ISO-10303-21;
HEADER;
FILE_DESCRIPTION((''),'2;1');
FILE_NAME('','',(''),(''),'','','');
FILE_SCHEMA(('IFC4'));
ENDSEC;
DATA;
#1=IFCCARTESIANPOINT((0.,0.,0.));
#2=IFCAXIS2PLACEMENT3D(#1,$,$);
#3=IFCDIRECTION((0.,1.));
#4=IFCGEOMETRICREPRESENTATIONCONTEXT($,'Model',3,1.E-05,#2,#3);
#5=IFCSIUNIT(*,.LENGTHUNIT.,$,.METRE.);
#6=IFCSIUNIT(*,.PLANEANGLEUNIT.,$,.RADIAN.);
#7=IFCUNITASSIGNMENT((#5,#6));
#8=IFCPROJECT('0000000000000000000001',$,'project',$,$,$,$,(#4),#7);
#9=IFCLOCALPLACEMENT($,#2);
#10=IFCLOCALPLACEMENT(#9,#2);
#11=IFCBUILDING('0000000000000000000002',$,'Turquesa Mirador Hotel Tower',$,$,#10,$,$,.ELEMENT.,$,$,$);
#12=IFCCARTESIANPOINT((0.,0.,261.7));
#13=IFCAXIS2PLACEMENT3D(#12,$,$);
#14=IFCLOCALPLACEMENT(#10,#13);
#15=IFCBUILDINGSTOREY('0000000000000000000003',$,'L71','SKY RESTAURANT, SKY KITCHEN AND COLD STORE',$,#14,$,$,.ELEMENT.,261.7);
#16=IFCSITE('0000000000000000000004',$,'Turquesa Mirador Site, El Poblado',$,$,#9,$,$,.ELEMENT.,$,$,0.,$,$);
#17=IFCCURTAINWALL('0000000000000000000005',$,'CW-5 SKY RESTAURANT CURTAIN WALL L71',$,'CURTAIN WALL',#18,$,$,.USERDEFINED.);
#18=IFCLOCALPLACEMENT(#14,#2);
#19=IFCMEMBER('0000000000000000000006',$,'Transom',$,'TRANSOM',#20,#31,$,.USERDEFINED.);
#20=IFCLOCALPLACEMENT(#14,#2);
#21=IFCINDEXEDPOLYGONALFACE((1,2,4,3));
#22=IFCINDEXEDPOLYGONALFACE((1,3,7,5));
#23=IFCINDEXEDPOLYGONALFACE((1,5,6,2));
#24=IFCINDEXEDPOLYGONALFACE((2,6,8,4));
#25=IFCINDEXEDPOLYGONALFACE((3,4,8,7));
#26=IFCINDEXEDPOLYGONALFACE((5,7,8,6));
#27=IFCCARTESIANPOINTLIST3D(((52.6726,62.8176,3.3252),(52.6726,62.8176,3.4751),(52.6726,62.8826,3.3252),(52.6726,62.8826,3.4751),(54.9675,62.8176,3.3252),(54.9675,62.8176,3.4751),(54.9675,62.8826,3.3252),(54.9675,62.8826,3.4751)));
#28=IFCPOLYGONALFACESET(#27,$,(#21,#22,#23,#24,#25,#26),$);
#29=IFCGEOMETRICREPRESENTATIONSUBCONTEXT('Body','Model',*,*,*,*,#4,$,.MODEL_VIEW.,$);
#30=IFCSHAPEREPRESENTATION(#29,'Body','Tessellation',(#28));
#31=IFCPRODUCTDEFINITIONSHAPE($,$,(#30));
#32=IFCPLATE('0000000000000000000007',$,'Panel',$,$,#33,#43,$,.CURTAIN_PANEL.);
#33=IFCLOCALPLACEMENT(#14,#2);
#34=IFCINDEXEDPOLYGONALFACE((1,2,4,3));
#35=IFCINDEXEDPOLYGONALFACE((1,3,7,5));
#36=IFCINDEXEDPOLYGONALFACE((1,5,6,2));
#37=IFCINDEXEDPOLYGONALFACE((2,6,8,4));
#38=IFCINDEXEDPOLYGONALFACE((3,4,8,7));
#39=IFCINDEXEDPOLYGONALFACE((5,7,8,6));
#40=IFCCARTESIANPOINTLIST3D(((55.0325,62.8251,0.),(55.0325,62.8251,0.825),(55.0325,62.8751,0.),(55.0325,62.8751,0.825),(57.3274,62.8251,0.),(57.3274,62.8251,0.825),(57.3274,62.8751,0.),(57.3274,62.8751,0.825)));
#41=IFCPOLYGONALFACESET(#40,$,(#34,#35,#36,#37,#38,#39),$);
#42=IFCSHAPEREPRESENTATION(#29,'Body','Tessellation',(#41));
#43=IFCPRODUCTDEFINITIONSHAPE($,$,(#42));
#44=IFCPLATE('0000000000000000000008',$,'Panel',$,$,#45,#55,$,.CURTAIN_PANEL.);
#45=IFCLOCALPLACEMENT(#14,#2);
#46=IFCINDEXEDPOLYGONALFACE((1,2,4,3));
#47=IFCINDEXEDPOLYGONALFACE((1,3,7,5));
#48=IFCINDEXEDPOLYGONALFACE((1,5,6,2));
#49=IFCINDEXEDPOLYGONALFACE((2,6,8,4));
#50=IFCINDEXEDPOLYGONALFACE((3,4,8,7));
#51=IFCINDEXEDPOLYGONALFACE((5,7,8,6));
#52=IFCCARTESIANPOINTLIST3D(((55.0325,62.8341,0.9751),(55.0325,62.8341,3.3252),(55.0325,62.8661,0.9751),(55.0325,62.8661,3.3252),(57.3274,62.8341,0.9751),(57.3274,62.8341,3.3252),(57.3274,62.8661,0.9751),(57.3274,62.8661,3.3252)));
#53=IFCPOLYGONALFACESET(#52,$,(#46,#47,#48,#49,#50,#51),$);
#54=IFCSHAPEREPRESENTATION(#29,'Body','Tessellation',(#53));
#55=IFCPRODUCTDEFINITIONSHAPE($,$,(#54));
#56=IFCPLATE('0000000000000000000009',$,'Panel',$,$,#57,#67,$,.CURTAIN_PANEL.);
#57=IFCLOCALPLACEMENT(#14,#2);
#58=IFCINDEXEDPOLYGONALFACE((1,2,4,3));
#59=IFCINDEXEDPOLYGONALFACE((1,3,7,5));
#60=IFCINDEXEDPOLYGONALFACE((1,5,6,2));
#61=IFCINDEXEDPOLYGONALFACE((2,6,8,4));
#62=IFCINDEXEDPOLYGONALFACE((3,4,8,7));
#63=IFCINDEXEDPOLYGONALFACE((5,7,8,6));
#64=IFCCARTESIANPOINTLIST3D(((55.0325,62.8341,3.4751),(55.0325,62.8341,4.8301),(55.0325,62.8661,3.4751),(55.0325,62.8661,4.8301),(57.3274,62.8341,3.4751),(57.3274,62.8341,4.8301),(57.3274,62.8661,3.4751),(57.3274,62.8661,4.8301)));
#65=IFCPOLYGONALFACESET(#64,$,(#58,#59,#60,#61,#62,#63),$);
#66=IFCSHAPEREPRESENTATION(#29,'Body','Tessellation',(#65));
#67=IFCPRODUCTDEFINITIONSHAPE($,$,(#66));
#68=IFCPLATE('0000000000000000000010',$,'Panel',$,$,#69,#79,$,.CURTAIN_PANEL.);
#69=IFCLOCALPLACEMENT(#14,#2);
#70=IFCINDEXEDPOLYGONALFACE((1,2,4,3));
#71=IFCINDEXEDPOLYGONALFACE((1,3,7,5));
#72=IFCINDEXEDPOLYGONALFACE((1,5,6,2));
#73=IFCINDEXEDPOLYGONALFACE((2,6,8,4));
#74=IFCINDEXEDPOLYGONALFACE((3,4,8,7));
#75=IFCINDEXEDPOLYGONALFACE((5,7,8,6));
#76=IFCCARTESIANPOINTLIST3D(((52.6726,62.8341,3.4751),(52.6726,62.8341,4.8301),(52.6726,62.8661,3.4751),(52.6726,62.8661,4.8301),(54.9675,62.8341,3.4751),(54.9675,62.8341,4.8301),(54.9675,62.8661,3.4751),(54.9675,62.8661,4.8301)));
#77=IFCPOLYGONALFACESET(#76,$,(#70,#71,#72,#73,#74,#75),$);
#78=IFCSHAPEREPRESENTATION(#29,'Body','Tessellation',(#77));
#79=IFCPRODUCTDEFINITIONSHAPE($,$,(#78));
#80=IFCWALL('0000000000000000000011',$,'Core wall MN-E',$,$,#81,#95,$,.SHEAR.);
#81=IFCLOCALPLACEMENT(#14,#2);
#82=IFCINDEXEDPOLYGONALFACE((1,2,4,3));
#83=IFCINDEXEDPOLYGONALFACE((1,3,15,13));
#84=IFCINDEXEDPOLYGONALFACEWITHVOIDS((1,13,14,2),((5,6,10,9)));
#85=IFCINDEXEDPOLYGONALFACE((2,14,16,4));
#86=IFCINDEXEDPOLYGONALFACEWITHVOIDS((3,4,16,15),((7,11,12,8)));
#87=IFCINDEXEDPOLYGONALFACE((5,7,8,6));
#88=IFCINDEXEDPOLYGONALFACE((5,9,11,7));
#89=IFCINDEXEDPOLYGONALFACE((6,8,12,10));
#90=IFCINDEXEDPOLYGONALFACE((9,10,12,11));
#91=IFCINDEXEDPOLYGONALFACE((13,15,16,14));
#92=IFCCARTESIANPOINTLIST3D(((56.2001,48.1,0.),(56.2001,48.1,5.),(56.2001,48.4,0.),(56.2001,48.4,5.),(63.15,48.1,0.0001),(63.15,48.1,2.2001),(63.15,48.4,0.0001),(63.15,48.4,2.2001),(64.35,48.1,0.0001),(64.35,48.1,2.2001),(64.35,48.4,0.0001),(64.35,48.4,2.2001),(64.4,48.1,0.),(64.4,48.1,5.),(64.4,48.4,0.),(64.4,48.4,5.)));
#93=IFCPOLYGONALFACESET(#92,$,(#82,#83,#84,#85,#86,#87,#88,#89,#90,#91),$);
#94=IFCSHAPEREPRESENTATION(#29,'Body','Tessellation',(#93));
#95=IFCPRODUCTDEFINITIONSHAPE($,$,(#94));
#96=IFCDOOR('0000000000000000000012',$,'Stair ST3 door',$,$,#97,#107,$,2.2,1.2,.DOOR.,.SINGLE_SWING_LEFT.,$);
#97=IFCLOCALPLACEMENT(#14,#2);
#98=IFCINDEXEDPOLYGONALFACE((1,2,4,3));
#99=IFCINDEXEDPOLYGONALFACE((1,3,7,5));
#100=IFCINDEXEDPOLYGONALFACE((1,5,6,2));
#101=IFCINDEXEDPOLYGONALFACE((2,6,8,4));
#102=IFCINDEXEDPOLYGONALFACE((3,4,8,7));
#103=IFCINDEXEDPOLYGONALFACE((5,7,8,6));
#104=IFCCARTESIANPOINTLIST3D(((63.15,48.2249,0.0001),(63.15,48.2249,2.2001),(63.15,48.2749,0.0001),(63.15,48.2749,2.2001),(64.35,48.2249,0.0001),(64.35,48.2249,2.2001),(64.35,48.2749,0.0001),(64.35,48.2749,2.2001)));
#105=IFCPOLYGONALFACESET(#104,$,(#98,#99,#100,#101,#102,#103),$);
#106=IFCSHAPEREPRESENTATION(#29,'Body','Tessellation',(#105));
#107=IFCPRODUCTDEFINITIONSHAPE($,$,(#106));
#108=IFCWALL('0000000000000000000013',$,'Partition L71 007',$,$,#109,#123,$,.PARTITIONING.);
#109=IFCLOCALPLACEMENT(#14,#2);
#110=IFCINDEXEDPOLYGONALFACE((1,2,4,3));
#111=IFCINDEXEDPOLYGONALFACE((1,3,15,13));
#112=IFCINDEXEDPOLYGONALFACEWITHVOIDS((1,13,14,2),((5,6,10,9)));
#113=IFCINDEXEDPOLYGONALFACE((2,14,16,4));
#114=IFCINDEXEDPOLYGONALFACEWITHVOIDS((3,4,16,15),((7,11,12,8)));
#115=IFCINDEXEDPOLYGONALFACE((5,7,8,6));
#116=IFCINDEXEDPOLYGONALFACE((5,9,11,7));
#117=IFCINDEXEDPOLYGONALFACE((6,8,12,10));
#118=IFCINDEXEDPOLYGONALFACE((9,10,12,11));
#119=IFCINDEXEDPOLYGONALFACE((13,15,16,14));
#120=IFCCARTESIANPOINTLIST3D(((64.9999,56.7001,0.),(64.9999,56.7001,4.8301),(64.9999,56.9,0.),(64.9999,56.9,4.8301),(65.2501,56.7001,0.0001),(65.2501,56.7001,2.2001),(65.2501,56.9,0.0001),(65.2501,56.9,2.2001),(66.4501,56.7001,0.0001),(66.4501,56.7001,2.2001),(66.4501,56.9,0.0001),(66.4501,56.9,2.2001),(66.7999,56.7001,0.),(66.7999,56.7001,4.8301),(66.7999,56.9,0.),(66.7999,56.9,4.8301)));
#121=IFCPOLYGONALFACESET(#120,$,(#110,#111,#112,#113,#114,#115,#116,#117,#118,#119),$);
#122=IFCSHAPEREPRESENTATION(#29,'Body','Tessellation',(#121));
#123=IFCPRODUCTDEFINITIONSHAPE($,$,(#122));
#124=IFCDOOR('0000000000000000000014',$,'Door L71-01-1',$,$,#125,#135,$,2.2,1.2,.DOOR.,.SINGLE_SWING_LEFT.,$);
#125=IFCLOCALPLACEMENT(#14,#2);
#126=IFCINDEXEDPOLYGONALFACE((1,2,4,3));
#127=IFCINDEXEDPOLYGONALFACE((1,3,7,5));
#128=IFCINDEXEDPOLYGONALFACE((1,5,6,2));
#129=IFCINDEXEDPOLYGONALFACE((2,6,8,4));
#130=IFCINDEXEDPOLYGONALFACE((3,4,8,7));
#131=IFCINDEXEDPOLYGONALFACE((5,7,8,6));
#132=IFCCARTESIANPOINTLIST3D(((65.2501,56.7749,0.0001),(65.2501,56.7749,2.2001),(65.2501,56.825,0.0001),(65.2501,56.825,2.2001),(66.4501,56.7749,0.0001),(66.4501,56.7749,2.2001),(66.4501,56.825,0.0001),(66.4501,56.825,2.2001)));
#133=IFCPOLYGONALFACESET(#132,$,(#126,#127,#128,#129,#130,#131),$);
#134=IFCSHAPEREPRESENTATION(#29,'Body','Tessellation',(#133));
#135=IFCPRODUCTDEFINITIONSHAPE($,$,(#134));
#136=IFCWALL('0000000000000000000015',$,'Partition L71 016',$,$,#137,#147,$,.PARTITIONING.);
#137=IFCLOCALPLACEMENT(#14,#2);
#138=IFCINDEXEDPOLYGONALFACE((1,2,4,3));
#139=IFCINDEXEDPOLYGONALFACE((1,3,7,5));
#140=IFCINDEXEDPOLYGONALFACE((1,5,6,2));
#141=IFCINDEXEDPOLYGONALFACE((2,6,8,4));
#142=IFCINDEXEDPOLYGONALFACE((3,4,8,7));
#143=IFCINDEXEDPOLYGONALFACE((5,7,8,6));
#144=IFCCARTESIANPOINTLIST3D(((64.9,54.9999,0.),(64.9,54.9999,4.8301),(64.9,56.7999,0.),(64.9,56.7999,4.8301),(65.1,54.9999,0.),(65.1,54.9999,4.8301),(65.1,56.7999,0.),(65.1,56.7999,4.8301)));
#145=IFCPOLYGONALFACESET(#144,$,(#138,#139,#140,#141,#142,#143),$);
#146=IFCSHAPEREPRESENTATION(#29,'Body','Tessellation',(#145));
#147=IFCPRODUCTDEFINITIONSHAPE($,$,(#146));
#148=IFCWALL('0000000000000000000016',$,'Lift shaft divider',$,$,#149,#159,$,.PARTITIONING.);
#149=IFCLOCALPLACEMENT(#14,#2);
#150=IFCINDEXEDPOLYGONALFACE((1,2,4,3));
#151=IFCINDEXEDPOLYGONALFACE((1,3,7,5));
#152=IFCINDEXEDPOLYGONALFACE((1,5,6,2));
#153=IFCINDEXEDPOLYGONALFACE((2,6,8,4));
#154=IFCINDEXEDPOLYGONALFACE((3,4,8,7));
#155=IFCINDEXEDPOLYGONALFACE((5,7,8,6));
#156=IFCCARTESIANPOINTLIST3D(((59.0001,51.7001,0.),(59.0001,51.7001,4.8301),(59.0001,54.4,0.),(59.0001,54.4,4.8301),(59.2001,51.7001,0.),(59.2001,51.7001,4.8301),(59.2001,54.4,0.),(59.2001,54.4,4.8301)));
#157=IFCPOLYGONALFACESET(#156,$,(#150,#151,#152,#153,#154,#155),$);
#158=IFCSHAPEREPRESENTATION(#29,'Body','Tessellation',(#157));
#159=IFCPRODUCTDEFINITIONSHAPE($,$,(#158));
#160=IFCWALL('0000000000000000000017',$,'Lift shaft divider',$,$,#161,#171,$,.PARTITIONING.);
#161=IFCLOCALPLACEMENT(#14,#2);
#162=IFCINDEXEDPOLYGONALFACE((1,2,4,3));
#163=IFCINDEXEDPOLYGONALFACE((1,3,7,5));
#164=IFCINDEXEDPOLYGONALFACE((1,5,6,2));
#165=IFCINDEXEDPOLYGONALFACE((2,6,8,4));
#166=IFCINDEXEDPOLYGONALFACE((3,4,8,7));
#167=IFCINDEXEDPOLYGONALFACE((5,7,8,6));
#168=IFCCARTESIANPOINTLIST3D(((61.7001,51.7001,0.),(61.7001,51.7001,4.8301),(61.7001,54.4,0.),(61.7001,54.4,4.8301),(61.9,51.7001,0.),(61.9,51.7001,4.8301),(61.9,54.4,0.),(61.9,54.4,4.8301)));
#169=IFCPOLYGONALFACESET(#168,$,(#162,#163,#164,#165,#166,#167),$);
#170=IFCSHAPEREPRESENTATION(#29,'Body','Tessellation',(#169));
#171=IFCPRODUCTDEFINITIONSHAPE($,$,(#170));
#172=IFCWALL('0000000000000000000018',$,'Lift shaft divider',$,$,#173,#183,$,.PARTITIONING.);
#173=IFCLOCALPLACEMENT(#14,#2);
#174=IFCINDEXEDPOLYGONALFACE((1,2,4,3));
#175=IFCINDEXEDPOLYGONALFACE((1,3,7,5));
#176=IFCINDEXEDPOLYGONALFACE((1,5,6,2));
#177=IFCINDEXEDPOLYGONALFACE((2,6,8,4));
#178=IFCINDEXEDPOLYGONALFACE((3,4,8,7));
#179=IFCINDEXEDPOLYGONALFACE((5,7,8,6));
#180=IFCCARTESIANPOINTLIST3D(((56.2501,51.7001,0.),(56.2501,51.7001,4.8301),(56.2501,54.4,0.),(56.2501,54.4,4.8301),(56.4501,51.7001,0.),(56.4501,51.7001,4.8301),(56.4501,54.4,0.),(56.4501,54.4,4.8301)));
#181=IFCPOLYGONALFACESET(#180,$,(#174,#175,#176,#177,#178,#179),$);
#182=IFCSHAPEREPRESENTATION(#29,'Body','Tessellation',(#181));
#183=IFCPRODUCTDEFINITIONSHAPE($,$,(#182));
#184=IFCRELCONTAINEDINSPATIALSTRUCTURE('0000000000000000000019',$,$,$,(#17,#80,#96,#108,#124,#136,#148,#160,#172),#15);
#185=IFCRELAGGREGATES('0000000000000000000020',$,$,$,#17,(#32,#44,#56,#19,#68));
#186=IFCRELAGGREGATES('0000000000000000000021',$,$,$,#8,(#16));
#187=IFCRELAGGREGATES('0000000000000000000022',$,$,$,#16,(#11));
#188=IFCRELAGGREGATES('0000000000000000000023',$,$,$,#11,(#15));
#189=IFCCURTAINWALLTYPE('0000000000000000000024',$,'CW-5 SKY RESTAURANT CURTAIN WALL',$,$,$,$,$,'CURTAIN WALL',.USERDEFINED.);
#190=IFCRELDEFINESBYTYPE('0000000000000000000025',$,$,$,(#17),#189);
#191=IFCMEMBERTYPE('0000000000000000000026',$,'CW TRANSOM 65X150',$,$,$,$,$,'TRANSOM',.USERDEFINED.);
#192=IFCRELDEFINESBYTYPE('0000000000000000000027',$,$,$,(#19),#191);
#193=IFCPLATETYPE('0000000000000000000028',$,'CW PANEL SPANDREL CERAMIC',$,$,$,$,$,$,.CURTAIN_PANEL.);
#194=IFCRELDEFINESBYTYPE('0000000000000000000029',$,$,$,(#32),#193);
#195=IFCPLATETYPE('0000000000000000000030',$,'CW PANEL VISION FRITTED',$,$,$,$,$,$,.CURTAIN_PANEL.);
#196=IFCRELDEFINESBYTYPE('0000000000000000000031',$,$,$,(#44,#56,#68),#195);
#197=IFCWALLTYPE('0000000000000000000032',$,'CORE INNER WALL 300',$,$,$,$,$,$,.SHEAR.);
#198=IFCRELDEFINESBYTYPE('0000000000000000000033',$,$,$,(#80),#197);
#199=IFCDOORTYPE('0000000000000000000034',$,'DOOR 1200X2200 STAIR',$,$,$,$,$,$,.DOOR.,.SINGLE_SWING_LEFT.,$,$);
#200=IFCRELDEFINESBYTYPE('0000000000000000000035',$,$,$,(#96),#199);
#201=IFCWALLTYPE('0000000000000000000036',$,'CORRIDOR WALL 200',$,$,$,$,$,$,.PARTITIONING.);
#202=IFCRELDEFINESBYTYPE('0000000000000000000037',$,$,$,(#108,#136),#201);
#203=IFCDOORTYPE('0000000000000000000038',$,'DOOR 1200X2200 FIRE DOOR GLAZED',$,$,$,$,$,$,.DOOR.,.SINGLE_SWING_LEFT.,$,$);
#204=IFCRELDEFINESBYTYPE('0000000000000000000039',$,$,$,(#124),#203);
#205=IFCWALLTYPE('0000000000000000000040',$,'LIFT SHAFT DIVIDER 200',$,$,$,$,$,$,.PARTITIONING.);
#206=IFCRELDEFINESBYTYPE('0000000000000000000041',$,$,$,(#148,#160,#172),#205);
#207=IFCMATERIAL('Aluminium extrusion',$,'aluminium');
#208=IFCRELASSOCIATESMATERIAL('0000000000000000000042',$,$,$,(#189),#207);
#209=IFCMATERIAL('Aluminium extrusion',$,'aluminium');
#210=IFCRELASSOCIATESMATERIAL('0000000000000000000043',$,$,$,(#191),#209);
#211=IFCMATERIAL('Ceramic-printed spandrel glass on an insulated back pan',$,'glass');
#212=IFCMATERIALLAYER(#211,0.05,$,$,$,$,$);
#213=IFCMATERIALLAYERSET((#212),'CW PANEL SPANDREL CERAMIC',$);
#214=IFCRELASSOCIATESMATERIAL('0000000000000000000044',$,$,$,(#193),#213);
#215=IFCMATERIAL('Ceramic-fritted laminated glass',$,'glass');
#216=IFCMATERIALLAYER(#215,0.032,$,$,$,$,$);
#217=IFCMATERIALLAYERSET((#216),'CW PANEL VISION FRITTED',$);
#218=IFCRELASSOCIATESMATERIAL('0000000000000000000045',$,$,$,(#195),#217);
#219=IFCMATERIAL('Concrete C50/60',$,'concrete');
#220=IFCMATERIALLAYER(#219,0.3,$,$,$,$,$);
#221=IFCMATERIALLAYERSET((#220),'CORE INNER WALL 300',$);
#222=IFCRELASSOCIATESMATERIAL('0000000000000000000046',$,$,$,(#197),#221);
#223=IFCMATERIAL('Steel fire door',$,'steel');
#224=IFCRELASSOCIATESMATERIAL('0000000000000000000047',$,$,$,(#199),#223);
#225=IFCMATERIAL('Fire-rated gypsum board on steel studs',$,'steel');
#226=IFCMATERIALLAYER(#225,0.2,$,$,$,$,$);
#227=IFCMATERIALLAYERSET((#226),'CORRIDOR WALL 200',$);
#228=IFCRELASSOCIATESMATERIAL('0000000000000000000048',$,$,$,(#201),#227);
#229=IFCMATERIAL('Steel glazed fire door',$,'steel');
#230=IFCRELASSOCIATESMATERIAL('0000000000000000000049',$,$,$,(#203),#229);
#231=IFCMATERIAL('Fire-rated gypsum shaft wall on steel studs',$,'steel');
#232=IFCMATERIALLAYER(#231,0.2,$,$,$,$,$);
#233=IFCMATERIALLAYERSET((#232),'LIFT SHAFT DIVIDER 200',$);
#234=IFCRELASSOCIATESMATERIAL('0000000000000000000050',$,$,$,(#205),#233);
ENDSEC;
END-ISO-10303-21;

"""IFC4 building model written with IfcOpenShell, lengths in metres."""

from ifc_helpers import new_model, si_unit, direction, frame, frame_2d, origin, origin_2d, place, context, subcontext, project, spatial, rectangle, extrude, material, layer, layer_set, material_profile, profile_set, type_object, element, fill, aggregate, save


model = new_model("IFC4")

# Units and contexts
model_context = context("Model", 3, precision=1e-05, world=origin(), true_north=direction((0.0, 1.0)))
body_context = subcontext(model_context, "Body", "Model", "MODEL_VIEW")
ifc_project = project(units=[si_unit("LENGTHUNIT", "METRE"), si_unit("PLANEANGLEUNIT", "RADIAN")], contexts=[model_context])

# Site, building, storey
site_placement = place(None, origin())
site = spatial("IfcSite", under=ifc_project, at=site_placement, Name="Turquesa Mirador Site, El Poblado", CompositionType="ELEMENT", RefElevation=0.0)
building_placement = place(site_placement, origin())
building = spatial("IfcBuilding", under=site, at=building_placement, Name="Turquesa Mirador Hotel Tower", CompositionType="ELEMENT")
storey_placement = place(building_placement, frame((0.0, 0.0, 261.7)))
storey = spatial("IfcBuildingStorey", under=building, at=storey_placement, Name="L71", Description="SKY RESTAURANT, SKY KITCHEN AND COLD STORE", CompositionType="ELEMENT", Elevation=261.7)

# Curtain wall, member, plates
ifc_material_1 = material(Name="Aluminium extrusion", Category="aluminium")
curtain_wall_type = type_object("IfcCurtainWallType", Name="CW-5 SKY RESTAURANT CURTAIN WALL", ElementType="CURTAIN WALL", PredefinedType="USERDEFINED", material=ifc_material_1)
curtain_wall_placement = place(storey_placement, origin())
curtain_wall = element("IfcCurtainWall", 1, at=curtain_wall_placement, inside=storey, type_object=curtain_wall_type, Name="CW-5 SKY RESTAURANT CURTAIN WALL L71", ObjectType="CURTAIN WALL", PredefinedType="USERDEFINED")
ifc_material_2 = material(Name="Aluminium extrusion", Category="aluminium")
ifc_material_profile_1 = material_profile(ifc_material_2, rectangle(XDim=0.0649, YDim=0.1499, at=origin_2d()), Name="TRANSOM 65X150")
ifc_profile_set_1 = profile_set([ifc_material_profile_1], Name="Aluminium extrusion")
member_type_1 = type_object("IfcMemberType", Name="CW TRANSOM 65X150", ElementType="TRANSOM", PredefinedType="USERDEFINED", material=ifc_profile_set_1)
member_1_placement = place(storey_placement, frame((54.9675, 62.8501, 3.4001), z_axis=(-1.0, 0.0, 0.0), x_axis=(0.0, -1.0, 0.0)))
member_1 = element("IfcMember", 2, at=member_1_placement, type_object=member_type_1, Name="Transom", ObjectType="TRANSOM", PredefinedType="USERDEFINED", context=body_context, shape_type="SweptSolid", body=[
    extrude(rectangle(XDim=0.0649, YDim=0.1499, at=origin_2d()), origin(), (0.0, 0.0, 1.0), 2.2949),
])
ifc_material_3 = material(Name="Ceramic-printed spandrel glass on an insulated back pan", Category="glass")
ifc_layer_1 = layer(ifc_material_3, 0.05)
ifc_layer_set_1 = layer_set([ifc_layer_1], Name="CW PANEL SPANDREL CERAMIC")
plate_type_1 = type_object("IfcPlateType", Name="CW PANEL SPANDREL CERAMIC", PredefinedType="CURTAIN_PANEL", material=ifc_layer_set_1)
plate_1_placement = place(storey_placement, frame((56.1799, 62.8501, 0.0), z_axis=(0.0, 0.0, 1.0), x_axis=(-1.0, 0.0, 0.0)))
plate_1 = element("IfcPlate", 3, at=plate_1_placement, type_object=plate_type_1, Name="Panel", PredefinedType="CURTAIN_PANEL", context=body_context, shape_type="SweptSolid", body=[
    extrude(rectangle(XDim=2.2949, YDim=0.05, at=origin_2d()), origin(), (0.0, 0.0, 1.0), 0.825),
])
ifc_material_4 = material(Name="Ceramic-fritted laminated glass", Category="glass")
ifc_layer_2 = layer(ifc_material_4, 0.032)
ifc_layer_set_2 = layer_set([ifc_layer_2], Name="CW PANEL VISION FRITTED")
plate_type_2 = type_object("IfcPlateType", Name="CW PANEL VISION FRITTED", PredefinedType="CURTAIN_PANEL", material=ifc_layer_set_2)
plate_2_placement = place(storey_placement, frame((56.1799, 62.8501, 0.9751), z_axis=(0.0, 0.0, 1.0), x_axis=(-1.0, 0.0, 0.0)))
plate_2 = element("IfcPlate", 4, at=plate_2_placement, type_object=plate_type_2, Name="Panel", PredefinedType="CURTAIN_PANEL", context=body_context, shape_type="SweptSolid", body=[
    extrude(rectangle(XDim=2.2949, YDim=0.032, at=origin_2d()), origin(), (0.0, 0.0, 1.0), 2.3501),
])
plate_3_placement = place(storey_placement, frame((56.1799, 62.8501, 3.4751), z_axis=(0.0, 0.0, 1.0), x_axis=(-1.0, 0.0, 0.0)))
plate_3 = element("IfcPlate", 5, at=plate_3_placement, type_object=plate_type_2, Name="Panel", PredefinedType="CURTAIN_PANEL", context=body_context, shape_type="SweptSolid", body=[
    extrude(rectangle(XDim=2.2949, YDim=0.032, at=origin_2d()), origin(), (0.0, 0.0, 1.0), 1.355),
])
plate_4_placement = place(storey_placement, frame((53.8201, 62.8501, 3.4751), z_axis=(0.0, 0.0, 1.0), x_axis=(-1.0, 0.0, 0.0)))
plate_4 = element("IfcPlate", 6, at=plate_4_placement, type_object=plate_type_2, Name="Panel", PredefinedType="CURTAIN_PANEL", context=body_context, shape_type="SweptSolid", body=[
    extrude(rectangle(XDim=2.2949, YDim=0.032, at=origin_2d()), origin(), (0.0, 0.0, 1.0), 1.355),
])
aggregate(curtain_wall, [plate_1, plate_2, plate_3, member_1, plate_4])

# Walls, openings, doors
ifc_material_5 = material(Name="Concrete C50/60", Category="concrete")
ifc_layer_3 = layer(ifc_material_5, 0.3)
ifc_layer_set_3 = layer_set([ifc_layer_3], Name="CORE INNER WALL 300")
wall_type_1 = type_object("IfcWallType", Name="CORE INNER WALL 300", PredefinedType="SHEAR", material=ifc_layer_set_3)
wall_1_placement = place(storey_placement, frame((56.2, 48.25, 0.0), z_axis=(0.0, 0.0, 1.0), x_axis=(1.0, 0.0, 0.0)))
wall_1 = element("IfcWall", 7, at=wall_1_placement, inside=storey, type_object=wall_type_1, Name="Core wall MN-E", PredefinedType="SHEAR", context=body_context, shape_type="SweptSolid", body=[
    extrude(rectangle(XDim=8.2, YDim=0.3, at=frame_2d((4.1001, 0.0))), origin(), (0.0, 0.0, 1.0), 5.0),
])
opening_1_placement = place(wall_1_placement, frame((6.95, 0.0, 0.0)))
opening_1 = element("IfcOpeningElement", 8, at=opening_1_placement, cuts=wall_1, PredefinedType="OPENING", context=body_context, shape_type="SweptSolid", body=[
    extrude(rectangle(XDim=1.2, YDim=2.2, at=frame_2d((0.6001, 1.1001))), frame((0.0, 0.1599, 0.0), z_axis=(0.0, -1.0, 0.0), x_axis=(1.0, 0.0, 0.0)), (0.0, 0.0, 1.0), 0.3201),
])
ifc_material_6 = material(Name="Steel fire door", Category="steel")
door_type_1 = type_object("IfcDoorType", Name="DOOR 1200X2200 STAIR", OperationType="SINGLE_SWING_LEFT", PredefinedType="DOOR", material=ifc_material_6)
door_1_placement = place(opening_1_placement, origin())
door_1 = element("IfcDoor", 9, at=door_1_placement, inside=storey, type_object=door_type_1, Name="Stair ST3 door", OperationType="SINGLE_SWING_LEFT", OverallHeight=2.2, OverallWidth=1.2, PredefinedType="DOOR", context=body_context, shape_type="SweptSolid", body=[
    extrude(rectangle(XDim=1.2, YDim=2.2, at=frame_2d((0.6001, 1.1001))), frame((0.0, 0.0249, 0.0), z_axis=(0.0, -1.0, 0.0), x_axis=(1.0, 0.0, 0.0)), (0.0, 0.0, 1.0), 0.05),
])
fill(opening_1, door_1)
ifc_material_7 = material(Name="Fire-rated gypsum board on steel studs", Category="steel")
ifc_layer_4 = layer(ifc_material_7, 0.2)
ifc_layer_set_4 = layer_set([ifc_layer_4], Name="CORRIDOR WALL 200")
wall_type_2 = type_object("IfcWallType", Name="CORRIDOR WALL 200", PredefinedType="PARTITIONING", material=ifc_layer_set_4)
wall_2_placement = place(storey_placement, frame((65.0, 56.8, 0.0), z_axis=(0.0, 0.0, 1.0), x_axis=(1.0, 0.0, 0.0)))
wall_2 = element("IfcWall", 10, at=wall_2_placement, inside=storey, type_object=wall_type_2, Name="Partition L71 007", PredefinedType="PARTITIONING", context=body_context, shape_type="SweptSolid", body=[
    extrude(rectangle(XDim=1.8, YDim=0.2, at=frame_2d((0.8999, 0.0))), origin(), (0.0, 0.0, 1.0), 4.8301),
])
opening_2_placement = place(wall_2_placement, frame((0.25, 0.0, 0.0)))
opening_2 = element("IfcOpeningElement", 11, at=opening_2_placement, cuts=wall_2, PredefinedType="OPENING", context=body_context, shape_type="SweptSolid", body=[
    extrude(rectangle(XDim=1.2, YDim=2.2, at=frame_2d((0.6001, 1.1001))), frame((0.0, 0.1099, 0.0), z_axis=(0.0, -1.0, 0.0), x_axis=(1.0, 0.0, 0.0)), (0.0, 0.0, 1.0), 0.22),
])
ifc_material_8 = material(Name="Steel glazed fire door", Category="steel")
door_type_2 = type_object("IfcDoorType", Name="DOOR 1200X2200 FIRE DOOR GLAZED", OperationType="SINGLE_SWING_LEFT", PredefinedType="DOOR", material=ifc_material_8)
door_2_placement = place(opening_2_placement, origin())
door_2 = element("IfcDoor", 12, at=door_2_placement, inside=storey, type_object=door_type_2, Name="Door L71-01-1", OperationType="SINGLE_SWING_LEFT", OverallHeight=2.2, OverallWidth=1.2, PredefinedType="DOOR", context=body_context, shape_type="SweptSolid", body=[
    extrude(rectangle(XDim=1.2, YDim=2.2, at=frame_2d((0.6001, 1.1001))), frame((0.0, 0.0249, 0.0), z_axis=(0.0, -1.0, 0.0), x_axis=(1.0, 0.0, 0.0)), (0.0, 0.0, 1.0), 0.05),
])
fill(opening_2, door_2)

# Walls
wall_3_placement = place(storey_placement, frame((65.0, 55.0, 0.0), z_axis=(0.0, 0.0, 1.0), x_axis=(0.0, 1.0, 0.0)))
element("IfcWall", 13, at=wall_3_placement, inside=storey, type_object=wall_type_2, Name="Partition L71 016", PredefinedType="PARTITIONING", context=body_context, shape_type="SweptSolid", body=[
    extrude(rectangle(XDim=1.8, YDim=0.2, at=frame_2d((0.8999, 0.0))), origin(), (0.0, 0.0, 1.0), 4.8301),
])
ifc_material_9 = material(Name="Fire-rated gypsum shaft wall on steel studs", Category="steel")
ifc_layer_5 = layer(ifc_material_9, 0.2)
ifc_layer_set_5 = layer_set([ifc_layer_5], Name="LIFT SHAFT DIVIDER 200")
wall_type_3 = type_object("IfcWallType", Name="LIFT SHAFT DIVIDER 200", PredefinedType="PARTITIONING", material=ifc_layer_set_5)
for number, where, z_axis, x_axis, name in (
    (14, (59.1001, 51.7, 0.0), (0.0, 0.0, 1.0), (0.0, 1.0, 0.0), "Lift shaft divider"),
    (15, (61.8, 51.7, 0.0), (0.0, 0.0, 1.0), (0.0, 1.0, 0.0), "Lift shaft divider"),
    (16, (56.3501, 51.7, 0.0), (0.0, 0.0, 1.0), (0.0, 1.0, 0.0), "Lift shaft divider"),
):
    element("IfcWall", number, at=place(storey_placement, frame(where, z_axis=z_axis, x_axis=x_axis)), inside=storey, type_object=wall_type_3, Name=name, PredefinedType="PARTITIONING", context=body_context, shape_type="SweptSolid", body=[
        extrude(rectangle(XDim=2.7, YDim=0.2, at=frame_2d((1.3501, 0.0))), origin(), (0.0, 0.0, 1.0), 4.8301),
    ])

save(model, "model.ifc")
